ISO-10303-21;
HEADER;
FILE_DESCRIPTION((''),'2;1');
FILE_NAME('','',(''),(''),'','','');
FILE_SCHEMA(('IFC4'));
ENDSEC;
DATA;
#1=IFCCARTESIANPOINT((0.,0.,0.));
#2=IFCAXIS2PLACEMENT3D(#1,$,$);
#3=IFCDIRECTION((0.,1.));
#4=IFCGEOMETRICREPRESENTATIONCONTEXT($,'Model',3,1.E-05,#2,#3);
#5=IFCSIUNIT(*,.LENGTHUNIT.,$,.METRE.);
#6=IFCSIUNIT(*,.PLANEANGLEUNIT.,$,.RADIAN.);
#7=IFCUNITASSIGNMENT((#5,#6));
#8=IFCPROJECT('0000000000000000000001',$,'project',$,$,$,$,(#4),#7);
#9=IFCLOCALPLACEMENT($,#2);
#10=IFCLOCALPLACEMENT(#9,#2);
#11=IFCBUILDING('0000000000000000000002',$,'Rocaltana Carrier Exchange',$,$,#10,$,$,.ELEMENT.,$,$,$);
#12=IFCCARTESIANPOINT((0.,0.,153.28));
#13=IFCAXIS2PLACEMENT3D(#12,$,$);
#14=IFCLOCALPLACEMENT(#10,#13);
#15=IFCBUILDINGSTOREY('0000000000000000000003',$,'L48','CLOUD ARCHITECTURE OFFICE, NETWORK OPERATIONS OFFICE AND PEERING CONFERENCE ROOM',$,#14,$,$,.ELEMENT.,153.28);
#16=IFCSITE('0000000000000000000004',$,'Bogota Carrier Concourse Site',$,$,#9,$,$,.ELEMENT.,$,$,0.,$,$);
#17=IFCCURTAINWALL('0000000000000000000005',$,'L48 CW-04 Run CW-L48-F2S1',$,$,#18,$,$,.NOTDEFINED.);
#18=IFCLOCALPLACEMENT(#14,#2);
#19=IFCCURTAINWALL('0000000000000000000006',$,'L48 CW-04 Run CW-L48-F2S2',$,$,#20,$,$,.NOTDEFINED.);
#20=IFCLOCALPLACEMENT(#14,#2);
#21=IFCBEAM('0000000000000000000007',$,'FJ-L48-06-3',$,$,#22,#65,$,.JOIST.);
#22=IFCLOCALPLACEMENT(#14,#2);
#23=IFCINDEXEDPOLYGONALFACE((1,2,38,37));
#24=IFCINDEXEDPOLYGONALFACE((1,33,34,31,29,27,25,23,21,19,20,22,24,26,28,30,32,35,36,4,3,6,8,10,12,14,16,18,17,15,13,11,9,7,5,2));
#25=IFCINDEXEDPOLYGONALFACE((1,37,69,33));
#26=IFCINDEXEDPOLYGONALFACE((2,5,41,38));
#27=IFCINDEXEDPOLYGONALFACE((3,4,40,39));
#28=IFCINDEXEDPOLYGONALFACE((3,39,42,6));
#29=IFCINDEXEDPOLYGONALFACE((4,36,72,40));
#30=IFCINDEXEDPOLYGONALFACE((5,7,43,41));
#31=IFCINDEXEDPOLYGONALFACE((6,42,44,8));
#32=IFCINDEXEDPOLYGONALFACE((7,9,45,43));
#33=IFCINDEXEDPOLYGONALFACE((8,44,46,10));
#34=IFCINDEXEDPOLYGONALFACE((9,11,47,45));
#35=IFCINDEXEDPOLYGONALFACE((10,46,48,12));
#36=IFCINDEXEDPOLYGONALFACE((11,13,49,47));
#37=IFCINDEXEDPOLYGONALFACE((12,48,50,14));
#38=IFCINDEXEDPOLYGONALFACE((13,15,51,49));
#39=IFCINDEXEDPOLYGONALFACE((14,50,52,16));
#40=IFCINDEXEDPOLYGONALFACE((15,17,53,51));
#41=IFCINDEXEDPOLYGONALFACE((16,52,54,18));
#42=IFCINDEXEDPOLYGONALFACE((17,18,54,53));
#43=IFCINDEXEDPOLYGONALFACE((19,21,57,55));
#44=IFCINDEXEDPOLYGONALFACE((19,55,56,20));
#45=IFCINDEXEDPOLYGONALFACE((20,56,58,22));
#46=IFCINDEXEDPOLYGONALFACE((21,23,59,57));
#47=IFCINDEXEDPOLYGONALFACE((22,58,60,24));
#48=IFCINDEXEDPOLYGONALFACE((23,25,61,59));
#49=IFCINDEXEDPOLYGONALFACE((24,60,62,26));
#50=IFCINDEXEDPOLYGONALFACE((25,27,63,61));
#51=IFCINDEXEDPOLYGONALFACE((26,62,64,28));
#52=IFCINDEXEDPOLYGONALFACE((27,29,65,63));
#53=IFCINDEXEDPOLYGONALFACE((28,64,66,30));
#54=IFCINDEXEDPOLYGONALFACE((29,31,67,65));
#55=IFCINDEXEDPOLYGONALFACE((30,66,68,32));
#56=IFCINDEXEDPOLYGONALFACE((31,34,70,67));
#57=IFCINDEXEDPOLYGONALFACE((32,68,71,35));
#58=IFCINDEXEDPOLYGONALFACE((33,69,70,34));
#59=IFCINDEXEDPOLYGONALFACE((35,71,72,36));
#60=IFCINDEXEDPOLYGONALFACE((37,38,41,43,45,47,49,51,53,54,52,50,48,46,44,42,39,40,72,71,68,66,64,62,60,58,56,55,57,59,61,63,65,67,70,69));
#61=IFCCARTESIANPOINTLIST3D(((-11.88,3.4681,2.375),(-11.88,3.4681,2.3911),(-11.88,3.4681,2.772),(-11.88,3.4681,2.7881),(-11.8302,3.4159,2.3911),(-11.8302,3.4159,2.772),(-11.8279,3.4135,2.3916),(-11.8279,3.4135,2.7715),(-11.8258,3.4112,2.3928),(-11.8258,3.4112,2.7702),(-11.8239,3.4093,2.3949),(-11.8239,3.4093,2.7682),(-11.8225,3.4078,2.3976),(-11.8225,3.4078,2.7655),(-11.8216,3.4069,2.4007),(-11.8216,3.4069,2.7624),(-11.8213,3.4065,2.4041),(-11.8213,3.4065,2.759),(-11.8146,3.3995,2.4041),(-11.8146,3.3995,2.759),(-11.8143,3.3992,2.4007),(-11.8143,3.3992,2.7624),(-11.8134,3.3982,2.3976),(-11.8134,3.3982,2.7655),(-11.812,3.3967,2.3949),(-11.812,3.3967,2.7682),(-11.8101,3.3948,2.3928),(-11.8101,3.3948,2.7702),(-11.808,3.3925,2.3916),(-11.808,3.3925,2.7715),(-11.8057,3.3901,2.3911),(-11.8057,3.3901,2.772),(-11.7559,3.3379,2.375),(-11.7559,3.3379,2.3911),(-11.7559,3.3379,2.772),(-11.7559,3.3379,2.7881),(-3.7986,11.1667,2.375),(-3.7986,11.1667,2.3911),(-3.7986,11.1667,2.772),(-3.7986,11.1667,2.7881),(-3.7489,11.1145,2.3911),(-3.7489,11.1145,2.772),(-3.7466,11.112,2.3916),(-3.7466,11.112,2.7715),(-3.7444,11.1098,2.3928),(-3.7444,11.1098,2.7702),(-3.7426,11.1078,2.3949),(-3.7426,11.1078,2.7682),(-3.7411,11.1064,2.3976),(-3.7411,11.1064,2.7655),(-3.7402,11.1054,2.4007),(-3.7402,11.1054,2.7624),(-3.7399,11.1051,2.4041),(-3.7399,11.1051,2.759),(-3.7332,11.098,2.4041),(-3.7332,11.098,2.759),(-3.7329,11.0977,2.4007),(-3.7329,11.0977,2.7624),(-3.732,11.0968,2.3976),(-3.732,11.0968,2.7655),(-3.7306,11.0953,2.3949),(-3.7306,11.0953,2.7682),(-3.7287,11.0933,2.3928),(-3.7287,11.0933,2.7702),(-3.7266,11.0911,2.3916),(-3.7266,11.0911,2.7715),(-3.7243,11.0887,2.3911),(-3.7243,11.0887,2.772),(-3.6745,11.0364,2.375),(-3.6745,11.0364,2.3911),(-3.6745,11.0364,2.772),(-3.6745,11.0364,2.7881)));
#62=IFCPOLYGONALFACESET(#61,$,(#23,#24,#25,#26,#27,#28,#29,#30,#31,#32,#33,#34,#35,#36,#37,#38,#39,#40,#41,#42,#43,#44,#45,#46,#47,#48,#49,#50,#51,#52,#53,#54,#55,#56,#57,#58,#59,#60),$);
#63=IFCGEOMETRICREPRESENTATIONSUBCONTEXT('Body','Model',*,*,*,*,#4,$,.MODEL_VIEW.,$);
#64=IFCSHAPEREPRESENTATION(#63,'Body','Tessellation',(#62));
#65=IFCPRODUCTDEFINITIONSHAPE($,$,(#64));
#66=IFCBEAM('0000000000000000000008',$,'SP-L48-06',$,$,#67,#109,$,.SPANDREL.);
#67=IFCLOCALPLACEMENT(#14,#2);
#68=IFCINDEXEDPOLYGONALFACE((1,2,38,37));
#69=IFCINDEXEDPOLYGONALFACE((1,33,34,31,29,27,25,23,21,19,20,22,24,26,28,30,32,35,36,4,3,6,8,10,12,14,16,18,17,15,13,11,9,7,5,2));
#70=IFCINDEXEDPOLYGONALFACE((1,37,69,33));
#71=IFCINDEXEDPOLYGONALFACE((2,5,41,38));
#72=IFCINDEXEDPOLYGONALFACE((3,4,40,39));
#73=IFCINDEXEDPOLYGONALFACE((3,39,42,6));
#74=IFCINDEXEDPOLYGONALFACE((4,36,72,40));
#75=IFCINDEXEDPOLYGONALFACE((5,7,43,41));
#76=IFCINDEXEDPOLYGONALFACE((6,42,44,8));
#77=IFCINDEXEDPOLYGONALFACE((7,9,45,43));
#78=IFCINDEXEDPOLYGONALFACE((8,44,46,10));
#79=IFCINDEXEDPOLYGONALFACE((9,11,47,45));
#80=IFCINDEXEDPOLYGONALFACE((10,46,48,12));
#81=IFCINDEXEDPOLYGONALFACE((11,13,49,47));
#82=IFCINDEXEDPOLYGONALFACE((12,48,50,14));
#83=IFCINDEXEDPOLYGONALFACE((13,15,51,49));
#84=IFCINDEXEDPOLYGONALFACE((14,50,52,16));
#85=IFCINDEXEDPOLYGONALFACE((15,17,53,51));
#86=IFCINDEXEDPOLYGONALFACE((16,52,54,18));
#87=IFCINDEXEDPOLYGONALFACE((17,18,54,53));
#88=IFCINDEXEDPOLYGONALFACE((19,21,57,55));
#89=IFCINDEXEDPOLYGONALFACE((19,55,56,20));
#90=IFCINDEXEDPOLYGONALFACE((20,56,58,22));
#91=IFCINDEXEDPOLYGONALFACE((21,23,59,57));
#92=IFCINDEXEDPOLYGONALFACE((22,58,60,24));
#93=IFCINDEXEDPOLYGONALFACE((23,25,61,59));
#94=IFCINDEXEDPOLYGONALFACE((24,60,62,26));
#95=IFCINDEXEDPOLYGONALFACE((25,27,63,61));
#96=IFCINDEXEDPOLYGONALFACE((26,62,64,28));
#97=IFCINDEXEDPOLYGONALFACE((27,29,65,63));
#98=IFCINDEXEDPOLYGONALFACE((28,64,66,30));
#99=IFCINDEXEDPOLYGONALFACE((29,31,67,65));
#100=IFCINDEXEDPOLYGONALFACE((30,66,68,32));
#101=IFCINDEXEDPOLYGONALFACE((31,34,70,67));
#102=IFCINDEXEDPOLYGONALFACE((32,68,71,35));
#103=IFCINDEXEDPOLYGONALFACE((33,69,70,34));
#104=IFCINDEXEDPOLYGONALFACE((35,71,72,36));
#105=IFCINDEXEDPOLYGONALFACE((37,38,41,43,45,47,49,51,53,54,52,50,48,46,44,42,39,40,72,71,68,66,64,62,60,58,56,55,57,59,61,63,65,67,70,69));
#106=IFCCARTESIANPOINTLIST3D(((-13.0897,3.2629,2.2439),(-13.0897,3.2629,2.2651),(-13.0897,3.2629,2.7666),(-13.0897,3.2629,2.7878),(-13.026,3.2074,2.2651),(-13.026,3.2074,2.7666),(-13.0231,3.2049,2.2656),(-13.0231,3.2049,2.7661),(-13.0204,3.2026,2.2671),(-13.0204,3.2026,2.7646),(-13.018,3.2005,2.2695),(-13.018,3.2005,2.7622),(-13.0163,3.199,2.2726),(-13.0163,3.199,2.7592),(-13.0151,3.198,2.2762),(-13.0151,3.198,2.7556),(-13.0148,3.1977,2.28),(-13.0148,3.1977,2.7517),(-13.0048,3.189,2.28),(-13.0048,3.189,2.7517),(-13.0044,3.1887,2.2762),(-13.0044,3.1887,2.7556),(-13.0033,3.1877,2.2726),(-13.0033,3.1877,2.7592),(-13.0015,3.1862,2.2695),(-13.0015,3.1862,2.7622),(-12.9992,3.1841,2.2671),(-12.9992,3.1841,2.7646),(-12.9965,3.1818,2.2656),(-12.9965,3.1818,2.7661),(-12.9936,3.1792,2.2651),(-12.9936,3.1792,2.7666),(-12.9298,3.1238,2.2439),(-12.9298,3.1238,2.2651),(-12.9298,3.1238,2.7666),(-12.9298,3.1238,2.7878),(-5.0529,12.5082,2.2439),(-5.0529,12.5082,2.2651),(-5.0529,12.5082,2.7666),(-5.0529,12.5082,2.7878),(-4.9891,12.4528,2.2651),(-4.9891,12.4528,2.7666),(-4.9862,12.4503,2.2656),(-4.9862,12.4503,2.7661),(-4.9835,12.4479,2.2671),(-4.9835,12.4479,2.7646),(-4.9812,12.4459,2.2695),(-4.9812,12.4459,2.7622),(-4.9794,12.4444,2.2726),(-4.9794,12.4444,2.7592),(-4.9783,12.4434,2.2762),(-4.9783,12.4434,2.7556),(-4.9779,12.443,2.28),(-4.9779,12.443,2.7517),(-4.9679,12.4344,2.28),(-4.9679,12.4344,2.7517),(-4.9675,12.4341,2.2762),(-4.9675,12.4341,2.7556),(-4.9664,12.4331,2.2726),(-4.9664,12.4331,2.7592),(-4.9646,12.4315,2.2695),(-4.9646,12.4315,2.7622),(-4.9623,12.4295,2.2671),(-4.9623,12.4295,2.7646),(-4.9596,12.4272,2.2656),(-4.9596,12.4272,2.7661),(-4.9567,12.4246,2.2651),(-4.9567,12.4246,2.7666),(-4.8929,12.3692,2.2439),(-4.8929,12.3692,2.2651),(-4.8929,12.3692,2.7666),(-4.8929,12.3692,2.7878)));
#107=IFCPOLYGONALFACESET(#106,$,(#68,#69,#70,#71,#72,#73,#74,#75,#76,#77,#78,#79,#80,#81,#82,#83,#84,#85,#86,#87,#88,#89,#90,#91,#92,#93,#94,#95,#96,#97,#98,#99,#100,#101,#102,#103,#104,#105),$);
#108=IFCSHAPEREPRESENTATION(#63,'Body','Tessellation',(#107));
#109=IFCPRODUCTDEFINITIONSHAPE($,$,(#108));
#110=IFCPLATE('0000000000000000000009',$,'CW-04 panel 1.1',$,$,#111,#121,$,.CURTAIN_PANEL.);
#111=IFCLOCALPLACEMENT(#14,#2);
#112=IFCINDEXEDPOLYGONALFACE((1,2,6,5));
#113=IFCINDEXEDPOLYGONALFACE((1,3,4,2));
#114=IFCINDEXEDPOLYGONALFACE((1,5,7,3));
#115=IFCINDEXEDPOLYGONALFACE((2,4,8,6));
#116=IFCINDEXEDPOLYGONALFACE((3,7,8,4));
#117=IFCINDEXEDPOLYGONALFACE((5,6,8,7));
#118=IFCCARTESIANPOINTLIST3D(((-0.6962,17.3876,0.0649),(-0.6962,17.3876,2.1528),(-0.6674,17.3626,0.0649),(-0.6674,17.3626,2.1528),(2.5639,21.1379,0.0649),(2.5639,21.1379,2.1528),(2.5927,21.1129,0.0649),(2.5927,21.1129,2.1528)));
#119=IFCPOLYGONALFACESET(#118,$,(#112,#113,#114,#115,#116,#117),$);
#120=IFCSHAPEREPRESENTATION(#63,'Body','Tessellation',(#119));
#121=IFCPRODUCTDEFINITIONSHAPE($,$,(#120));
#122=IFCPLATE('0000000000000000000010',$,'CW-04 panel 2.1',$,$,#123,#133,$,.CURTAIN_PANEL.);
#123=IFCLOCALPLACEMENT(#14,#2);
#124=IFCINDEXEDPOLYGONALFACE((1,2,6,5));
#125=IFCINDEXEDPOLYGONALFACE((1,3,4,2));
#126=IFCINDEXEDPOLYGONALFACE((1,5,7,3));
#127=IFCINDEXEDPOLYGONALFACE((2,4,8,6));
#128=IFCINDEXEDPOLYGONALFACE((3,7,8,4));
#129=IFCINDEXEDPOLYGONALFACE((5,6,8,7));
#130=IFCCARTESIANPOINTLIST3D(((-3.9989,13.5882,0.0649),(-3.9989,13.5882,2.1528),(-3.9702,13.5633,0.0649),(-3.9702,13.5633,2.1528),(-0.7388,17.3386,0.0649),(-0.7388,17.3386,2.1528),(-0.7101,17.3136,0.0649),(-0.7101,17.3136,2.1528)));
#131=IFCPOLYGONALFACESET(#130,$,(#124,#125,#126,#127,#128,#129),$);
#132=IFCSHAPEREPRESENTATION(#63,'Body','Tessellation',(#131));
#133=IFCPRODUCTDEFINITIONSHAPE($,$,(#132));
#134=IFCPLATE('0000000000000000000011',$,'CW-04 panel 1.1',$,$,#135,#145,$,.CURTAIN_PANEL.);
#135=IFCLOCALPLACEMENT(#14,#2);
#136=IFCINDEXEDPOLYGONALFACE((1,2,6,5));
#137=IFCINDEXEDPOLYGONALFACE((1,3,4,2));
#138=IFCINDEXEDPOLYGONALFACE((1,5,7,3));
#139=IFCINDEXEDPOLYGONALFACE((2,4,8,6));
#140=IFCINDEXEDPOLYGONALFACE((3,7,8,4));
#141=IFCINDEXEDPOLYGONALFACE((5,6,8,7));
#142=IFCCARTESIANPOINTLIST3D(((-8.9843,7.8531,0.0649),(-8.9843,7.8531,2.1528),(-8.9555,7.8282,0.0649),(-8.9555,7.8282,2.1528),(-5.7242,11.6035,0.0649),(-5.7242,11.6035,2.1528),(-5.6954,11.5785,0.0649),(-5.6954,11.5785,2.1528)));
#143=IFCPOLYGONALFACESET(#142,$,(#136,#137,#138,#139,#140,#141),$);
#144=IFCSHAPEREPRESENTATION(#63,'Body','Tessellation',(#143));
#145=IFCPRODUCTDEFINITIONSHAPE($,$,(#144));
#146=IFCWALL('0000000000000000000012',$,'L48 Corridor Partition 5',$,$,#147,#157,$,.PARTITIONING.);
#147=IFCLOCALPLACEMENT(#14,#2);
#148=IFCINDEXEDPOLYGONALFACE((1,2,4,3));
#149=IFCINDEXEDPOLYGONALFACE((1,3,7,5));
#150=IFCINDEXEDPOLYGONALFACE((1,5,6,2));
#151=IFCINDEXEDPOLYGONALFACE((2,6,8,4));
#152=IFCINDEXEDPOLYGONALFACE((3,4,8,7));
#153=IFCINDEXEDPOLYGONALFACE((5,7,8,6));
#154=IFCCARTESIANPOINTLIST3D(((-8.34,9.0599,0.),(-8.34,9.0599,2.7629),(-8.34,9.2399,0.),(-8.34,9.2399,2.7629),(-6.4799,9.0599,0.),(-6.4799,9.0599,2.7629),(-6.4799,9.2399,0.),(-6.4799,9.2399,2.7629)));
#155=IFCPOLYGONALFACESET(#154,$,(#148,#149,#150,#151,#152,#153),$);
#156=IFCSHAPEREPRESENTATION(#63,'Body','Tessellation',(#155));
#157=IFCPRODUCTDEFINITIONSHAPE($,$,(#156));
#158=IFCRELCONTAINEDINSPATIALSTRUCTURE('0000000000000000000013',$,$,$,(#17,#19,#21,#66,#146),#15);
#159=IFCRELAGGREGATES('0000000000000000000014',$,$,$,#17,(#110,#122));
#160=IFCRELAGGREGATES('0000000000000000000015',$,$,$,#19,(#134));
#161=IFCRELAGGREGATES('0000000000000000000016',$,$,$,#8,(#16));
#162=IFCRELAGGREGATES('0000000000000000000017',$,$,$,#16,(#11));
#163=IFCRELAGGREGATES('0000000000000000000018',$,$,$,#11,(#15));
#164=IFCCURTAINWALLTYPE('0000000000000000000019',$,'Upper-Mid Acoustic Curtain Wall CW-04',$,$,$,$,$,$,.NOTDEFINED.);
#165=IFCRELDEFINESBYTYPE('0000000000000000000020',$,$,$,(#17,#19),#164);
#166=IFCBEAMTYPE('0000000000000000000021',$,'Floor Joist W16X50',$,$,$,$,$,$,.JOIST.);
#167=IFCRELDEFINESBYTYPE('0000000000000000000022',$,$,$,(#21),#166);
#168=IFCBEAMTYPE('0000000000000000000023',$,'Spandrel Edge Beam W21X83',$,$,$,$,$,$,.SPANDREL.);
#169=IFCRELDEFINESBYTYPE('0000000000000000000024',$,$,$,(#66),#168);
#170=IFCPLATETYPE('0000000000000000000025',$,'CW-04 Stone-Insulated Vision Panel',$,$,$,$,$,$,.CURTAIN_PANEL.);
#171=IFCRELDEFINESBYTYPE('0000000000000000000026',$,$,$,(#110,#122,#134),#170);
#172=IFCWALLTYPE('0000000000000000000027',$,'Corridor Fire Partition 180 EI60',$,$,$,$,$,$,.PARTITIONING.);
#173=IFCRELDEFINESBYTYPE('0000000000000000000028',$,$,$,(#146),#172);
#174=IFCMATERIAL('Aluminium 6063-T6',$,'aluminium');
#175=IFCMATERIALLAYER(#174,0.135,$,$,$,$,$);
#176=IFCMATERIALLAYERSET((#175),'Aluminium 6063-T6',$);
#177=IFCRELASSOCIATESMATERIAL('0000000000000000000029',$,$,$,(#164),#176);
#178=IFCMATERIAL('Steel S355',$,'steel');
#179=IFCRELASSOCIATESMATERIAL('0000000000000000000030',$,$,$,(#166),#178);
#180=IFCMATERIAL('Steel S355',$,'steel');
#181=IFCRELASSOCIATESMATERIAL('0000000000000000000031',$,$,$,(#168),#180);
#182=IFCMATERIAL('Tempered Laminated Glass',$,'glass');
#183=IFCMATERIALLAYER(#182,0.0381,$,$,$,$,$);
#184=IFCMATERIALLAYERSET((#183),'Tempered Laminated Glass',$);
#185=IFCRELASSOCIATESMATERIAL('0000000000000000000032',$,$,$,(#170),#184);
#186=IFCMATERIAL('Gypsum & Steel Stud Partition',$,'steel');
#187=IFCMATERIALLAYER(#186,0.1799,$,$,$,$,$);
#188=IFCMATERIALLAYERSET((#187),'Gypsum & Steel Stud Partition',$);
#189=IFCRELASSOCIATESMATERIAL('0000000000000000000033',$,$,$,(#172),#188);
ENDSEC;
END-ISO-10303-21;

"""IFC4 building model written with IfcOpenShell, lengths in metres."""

from ifc_helpers import new_model, si_unit, direction, frame, frame_2d, origin, origin_2d, place, context, subcontext, project, spatial, rectangle, i_section, extrude, material, layer, layer_set, material_profile, profile_set, type_object, element, aggregate, save


model = new_model("IFC4")

# Units and contexts
model_context = context("Model", 3, precision=1e-05, world=origin(), true_north=direction((0.0, 1.0)))
body_context = subcontext(model_context, "Body", "Model", "MODEL_VIEW")
ifc_project = project(units=[si_unit("LENGTHUNIT", "METRE"), si_unit("PLANEANGLEUNIT", "RADIAN")], contexts=[model_context])

# Site, building, storey
site_placement = place(None, origin())
site = spatial("IfcSite", under=ifc_project, at=site_placement, Name="Bogota Carrier Concourse Site", CompositionType="ELEMENT", RefElevation=0.0)
building_placement = place(site_placement, origin())
building = spatial("IfcBuilding", under=site, at=building_placement, Name="Rocaltana Carrier Exchange", CompositionType="ELEMENT")
storey_placement = place(building_placement, frame((0.0, 0.0, 153.28)))
storey = spatial("IfcBuildingStorey", under=building, at=storey_placement, Name="L48", Description="CLOUD ARCHITECTURE OFFICE, NETWORK OPERATIONS OFFICE AND PEERING CONFERENCE ROOM", CompositionType="ELEMENT", Elevation=153.28)

# Curtain wall
ifc_material_1 = material(Name="Aluminium 6063-T6", Category="aluminium")
ifc_layer_1 = layer(ifc_material_1, 0.135)
ifc_layer_set_1 = layer_set([ifc_layer_1], Name="Aluminium 6063-T6")
curtain_wall_type = type_object("IfcCurtainWallType", Name="Upper-Mid Acoustic Curtain Wall CW-04", PredefinedType="NOTDEFINED", material=ifc_layer_set_1)
curtain_wall_1_placement = place(storey_placement, origin())
curtain_wall_1 = element("IfcCurtainWall", 1, at=curtain_wall_1_placement, inside=storey, type_object=curtain_wall_type, Name="L48 CW-04 Run CW-L48-F2S1", PredefinedType="NOTDEFINED")

# Curtain wall
curtain_wall_2_placement = place(storey_placement, origin())
curtain_wall_2 = element("IfcCurtainWall", 2, at=curtain_wall_2_placement, inside=storey, type_object=curtain_wall_type, Name="L48 CW-04 Run CW-L48-F2S2", PredefinedType="NOTDEFINED")

# Beams
ifc_material_2 = material(Name="Steel S355", Category="steel")
ifc_material_profile_1 = material_profile(ifc_material_2, i_section(OverallWidth=0.1799, OverallDepth=0.4131, WebThickness=0.0098, FlangeThickness=0.0161, FilletRadius=0.0129, at=origin_2d()), Name="W16X50")
ifc_profile_set_1 = profile_set([ifc_material_profile_1], Name="Steel S355")
beam_type_1 = type_object("IfcBeamType", Name="Floor Joist W16X50", PredefinedType="JOIST", material=ifc_profile_set_1)
beam_1_placement = place(storey_placement, frame((-3.7366, 11.1016, 2.5815), z_axis=(-0.724048, -0.68975, 0.0), x_axis=(0.68975, -0.724048, 0.0)))
element("IfcBeam", 3, at=beam_1_placement, inside=storey, type_object=beam_type_1, Name="FJ-L48-06-3", PredefinedType="JOIST", context=body_context, shape_type="SweptSolid", body=[
    extrude(i_section(OverallWidth=0.1799, OverallDepth=0.4131, WebThickness=0.0098, FlangeThickness=0.0161, FilletRadius=0.0129, at=origin_2d()), origin(), (0.0, 0.0, 1.0), 11.1614),
])
ifc_material_3 = material(Name="Steel S355", Category="steel")
ifc_material_profile_2 = material_profile(ifc_material_3, i_section(OverallWidth=0.2119, OverallDepth=0.5439, WebThickness=0.0132, FlangeThickness=0.0212, FilletRadius=0.0149, at=origin_2d()), Name="W21X83")
ifc_profile_set_2 = profile_set([ifc_material_profile_2], Name="Steel S355")
beam_type_2 = type_object("IfcBeamType", Name="Spandrel Edge Beam W21X83", PredefinedType="SPANDREL", material=ifc_profile_set_2)
beam_2_placement = place(storey_placement, frame((-4.9729, 12.4387, 2.5159), z_axis=(-0.656059, -0.75471, 0.0), x_axis=(0.75471, -0.656059, 0.0)))
element("IfcBeam", 4, at=beam_2_placement, inside=storey, type_object=beam_type_2, Name="SP-L48-06", PredefinedType="SPANDREL", context=body_context, shape_type="SweptSolid", body=[
    extrude(i_section(OverallWidth=0.2119, OverallDepth=0.5439, WebThickness=0.0132, FlangeThickness=0.0212, FilletRadius=0.0149, at=origin_2d()), origin(), (0.0, 0.0, 1.0), 12.2502),
])

# Plates
ifc_material_4 = material(Name="Tempered Laminated Glass", Category="glass")
ifc_layer_2 = layer(ifc_material_4, 0.0381)
ifc_layer_set_2 = layer_set([ifc_layer_2], Name="Tempered Laminated Glass")
plate_type = type_object("IfcPlateType", Name="CW-04 Stone-Insulated Vision Panel", PredefinedType="CURTAIN_PANEL", material=ifc_layer_set_2)
plate_1_placement = place(storey_placement, frame((0.9482, 19.2502, 0.0649), z_axis=(0.0, 0.0, 1.0), x_axis=(-0.656057, -0.754712, 0.0)))
plate_1 = element("IfcPlate", 5, at=plate_1_placement, type_object=plate_type, Name="CW-04 panel 1.1", PredefinedType="CURTAIN_PANEL", context=body_context, shape_type="SweptSolid", body=[
    extrude(rectangle(XDim=4.9692, YDim=0.0381, at=origin_2d()), origin(), (0.0, 0.0, 1.0), 2.0879),
])
plate_2_placement = place(storey_placement, frame((-2.3545, 15.4509, 0.0649), z_axis=(0.0, 0.0, 1.0), x_axis=(-0.656057, -0.754712, 0.0)))
plate_2 = element("IfcPlate", 6, at=plate_2_placement, type_object=plate_type, Name="CW-04 panel 2.1", PredefinedType="CURTAIN_PANEL", context=body_context, shape_type="SweptSolid", body=[
    extrude(rectangle(XDim=4.9692, YDim=0.0381, at=origin_2d()), origin(), (0.0, 0.0, 1.0), 2.0879),
])
aggregate(curtain_wall_1, [plate_1, plate_2])
plate_3_placement = place(storey_placement, frame((-7.3398, 9.7158, 0.0649), z_axis=(0.0, 0.0, 1.0), x_axis=(-0.656057, -0.754712, 0.0)))
plate_3 = element("IfcPlate", 7, at=plate_3_placement, type_object=plate_type, Name="CW-04 panel 1.1", PredefinedType="CURTAIN_PANEL", context=body_context, shape_type="SweptSolid", body=[
    extrude(rectangle(XDim=4.9692, YDim=0.0381, at=origin_2d()), origin(), (0.0, 0.0, 1.0), 2.0879),
])
aggregate(curtain_wall_2, [plate_3])

# Wall
ifc_material_5 = material(Name="Gypsum & Steel Stud Partition", Category="steel")
ifc_layer_3 = layer(ifc_material_5, 0.1799)
ifc_layer_set_3 = layer_set([ifc_layer_3], Name="Gypsum & Steel Stud Partition")
wall_type = type_object("IfcWallType", Name="Corridor Fire Partition 180 EI60", PredefinedType="PARTITIONING", material=ifc_layer_set_3)
wall_1_placement = place(storey_placement, frame((-8.3401, 9.1499, 0.0), z_axis=(0.0, 0.0, 1.0), x_axis=(1.0, 0.0, 0.0)))
element("IfcWall", 8, at=wall_1_placement, inside=storey, type_object=wall_type, Name="L48 Corridor Partition 5", PredefinedType="PARTITIONING", context=body_context, shape_type="SweptSolid", body=[
    extrude(rectangle(XDim=1.8601, YDim=0.1799, at=frame_2d((0.9302, 0.0))), origin(), (0.0, 0.0, 1.0), 2.7629),
])

save(model, "model.ifc")
